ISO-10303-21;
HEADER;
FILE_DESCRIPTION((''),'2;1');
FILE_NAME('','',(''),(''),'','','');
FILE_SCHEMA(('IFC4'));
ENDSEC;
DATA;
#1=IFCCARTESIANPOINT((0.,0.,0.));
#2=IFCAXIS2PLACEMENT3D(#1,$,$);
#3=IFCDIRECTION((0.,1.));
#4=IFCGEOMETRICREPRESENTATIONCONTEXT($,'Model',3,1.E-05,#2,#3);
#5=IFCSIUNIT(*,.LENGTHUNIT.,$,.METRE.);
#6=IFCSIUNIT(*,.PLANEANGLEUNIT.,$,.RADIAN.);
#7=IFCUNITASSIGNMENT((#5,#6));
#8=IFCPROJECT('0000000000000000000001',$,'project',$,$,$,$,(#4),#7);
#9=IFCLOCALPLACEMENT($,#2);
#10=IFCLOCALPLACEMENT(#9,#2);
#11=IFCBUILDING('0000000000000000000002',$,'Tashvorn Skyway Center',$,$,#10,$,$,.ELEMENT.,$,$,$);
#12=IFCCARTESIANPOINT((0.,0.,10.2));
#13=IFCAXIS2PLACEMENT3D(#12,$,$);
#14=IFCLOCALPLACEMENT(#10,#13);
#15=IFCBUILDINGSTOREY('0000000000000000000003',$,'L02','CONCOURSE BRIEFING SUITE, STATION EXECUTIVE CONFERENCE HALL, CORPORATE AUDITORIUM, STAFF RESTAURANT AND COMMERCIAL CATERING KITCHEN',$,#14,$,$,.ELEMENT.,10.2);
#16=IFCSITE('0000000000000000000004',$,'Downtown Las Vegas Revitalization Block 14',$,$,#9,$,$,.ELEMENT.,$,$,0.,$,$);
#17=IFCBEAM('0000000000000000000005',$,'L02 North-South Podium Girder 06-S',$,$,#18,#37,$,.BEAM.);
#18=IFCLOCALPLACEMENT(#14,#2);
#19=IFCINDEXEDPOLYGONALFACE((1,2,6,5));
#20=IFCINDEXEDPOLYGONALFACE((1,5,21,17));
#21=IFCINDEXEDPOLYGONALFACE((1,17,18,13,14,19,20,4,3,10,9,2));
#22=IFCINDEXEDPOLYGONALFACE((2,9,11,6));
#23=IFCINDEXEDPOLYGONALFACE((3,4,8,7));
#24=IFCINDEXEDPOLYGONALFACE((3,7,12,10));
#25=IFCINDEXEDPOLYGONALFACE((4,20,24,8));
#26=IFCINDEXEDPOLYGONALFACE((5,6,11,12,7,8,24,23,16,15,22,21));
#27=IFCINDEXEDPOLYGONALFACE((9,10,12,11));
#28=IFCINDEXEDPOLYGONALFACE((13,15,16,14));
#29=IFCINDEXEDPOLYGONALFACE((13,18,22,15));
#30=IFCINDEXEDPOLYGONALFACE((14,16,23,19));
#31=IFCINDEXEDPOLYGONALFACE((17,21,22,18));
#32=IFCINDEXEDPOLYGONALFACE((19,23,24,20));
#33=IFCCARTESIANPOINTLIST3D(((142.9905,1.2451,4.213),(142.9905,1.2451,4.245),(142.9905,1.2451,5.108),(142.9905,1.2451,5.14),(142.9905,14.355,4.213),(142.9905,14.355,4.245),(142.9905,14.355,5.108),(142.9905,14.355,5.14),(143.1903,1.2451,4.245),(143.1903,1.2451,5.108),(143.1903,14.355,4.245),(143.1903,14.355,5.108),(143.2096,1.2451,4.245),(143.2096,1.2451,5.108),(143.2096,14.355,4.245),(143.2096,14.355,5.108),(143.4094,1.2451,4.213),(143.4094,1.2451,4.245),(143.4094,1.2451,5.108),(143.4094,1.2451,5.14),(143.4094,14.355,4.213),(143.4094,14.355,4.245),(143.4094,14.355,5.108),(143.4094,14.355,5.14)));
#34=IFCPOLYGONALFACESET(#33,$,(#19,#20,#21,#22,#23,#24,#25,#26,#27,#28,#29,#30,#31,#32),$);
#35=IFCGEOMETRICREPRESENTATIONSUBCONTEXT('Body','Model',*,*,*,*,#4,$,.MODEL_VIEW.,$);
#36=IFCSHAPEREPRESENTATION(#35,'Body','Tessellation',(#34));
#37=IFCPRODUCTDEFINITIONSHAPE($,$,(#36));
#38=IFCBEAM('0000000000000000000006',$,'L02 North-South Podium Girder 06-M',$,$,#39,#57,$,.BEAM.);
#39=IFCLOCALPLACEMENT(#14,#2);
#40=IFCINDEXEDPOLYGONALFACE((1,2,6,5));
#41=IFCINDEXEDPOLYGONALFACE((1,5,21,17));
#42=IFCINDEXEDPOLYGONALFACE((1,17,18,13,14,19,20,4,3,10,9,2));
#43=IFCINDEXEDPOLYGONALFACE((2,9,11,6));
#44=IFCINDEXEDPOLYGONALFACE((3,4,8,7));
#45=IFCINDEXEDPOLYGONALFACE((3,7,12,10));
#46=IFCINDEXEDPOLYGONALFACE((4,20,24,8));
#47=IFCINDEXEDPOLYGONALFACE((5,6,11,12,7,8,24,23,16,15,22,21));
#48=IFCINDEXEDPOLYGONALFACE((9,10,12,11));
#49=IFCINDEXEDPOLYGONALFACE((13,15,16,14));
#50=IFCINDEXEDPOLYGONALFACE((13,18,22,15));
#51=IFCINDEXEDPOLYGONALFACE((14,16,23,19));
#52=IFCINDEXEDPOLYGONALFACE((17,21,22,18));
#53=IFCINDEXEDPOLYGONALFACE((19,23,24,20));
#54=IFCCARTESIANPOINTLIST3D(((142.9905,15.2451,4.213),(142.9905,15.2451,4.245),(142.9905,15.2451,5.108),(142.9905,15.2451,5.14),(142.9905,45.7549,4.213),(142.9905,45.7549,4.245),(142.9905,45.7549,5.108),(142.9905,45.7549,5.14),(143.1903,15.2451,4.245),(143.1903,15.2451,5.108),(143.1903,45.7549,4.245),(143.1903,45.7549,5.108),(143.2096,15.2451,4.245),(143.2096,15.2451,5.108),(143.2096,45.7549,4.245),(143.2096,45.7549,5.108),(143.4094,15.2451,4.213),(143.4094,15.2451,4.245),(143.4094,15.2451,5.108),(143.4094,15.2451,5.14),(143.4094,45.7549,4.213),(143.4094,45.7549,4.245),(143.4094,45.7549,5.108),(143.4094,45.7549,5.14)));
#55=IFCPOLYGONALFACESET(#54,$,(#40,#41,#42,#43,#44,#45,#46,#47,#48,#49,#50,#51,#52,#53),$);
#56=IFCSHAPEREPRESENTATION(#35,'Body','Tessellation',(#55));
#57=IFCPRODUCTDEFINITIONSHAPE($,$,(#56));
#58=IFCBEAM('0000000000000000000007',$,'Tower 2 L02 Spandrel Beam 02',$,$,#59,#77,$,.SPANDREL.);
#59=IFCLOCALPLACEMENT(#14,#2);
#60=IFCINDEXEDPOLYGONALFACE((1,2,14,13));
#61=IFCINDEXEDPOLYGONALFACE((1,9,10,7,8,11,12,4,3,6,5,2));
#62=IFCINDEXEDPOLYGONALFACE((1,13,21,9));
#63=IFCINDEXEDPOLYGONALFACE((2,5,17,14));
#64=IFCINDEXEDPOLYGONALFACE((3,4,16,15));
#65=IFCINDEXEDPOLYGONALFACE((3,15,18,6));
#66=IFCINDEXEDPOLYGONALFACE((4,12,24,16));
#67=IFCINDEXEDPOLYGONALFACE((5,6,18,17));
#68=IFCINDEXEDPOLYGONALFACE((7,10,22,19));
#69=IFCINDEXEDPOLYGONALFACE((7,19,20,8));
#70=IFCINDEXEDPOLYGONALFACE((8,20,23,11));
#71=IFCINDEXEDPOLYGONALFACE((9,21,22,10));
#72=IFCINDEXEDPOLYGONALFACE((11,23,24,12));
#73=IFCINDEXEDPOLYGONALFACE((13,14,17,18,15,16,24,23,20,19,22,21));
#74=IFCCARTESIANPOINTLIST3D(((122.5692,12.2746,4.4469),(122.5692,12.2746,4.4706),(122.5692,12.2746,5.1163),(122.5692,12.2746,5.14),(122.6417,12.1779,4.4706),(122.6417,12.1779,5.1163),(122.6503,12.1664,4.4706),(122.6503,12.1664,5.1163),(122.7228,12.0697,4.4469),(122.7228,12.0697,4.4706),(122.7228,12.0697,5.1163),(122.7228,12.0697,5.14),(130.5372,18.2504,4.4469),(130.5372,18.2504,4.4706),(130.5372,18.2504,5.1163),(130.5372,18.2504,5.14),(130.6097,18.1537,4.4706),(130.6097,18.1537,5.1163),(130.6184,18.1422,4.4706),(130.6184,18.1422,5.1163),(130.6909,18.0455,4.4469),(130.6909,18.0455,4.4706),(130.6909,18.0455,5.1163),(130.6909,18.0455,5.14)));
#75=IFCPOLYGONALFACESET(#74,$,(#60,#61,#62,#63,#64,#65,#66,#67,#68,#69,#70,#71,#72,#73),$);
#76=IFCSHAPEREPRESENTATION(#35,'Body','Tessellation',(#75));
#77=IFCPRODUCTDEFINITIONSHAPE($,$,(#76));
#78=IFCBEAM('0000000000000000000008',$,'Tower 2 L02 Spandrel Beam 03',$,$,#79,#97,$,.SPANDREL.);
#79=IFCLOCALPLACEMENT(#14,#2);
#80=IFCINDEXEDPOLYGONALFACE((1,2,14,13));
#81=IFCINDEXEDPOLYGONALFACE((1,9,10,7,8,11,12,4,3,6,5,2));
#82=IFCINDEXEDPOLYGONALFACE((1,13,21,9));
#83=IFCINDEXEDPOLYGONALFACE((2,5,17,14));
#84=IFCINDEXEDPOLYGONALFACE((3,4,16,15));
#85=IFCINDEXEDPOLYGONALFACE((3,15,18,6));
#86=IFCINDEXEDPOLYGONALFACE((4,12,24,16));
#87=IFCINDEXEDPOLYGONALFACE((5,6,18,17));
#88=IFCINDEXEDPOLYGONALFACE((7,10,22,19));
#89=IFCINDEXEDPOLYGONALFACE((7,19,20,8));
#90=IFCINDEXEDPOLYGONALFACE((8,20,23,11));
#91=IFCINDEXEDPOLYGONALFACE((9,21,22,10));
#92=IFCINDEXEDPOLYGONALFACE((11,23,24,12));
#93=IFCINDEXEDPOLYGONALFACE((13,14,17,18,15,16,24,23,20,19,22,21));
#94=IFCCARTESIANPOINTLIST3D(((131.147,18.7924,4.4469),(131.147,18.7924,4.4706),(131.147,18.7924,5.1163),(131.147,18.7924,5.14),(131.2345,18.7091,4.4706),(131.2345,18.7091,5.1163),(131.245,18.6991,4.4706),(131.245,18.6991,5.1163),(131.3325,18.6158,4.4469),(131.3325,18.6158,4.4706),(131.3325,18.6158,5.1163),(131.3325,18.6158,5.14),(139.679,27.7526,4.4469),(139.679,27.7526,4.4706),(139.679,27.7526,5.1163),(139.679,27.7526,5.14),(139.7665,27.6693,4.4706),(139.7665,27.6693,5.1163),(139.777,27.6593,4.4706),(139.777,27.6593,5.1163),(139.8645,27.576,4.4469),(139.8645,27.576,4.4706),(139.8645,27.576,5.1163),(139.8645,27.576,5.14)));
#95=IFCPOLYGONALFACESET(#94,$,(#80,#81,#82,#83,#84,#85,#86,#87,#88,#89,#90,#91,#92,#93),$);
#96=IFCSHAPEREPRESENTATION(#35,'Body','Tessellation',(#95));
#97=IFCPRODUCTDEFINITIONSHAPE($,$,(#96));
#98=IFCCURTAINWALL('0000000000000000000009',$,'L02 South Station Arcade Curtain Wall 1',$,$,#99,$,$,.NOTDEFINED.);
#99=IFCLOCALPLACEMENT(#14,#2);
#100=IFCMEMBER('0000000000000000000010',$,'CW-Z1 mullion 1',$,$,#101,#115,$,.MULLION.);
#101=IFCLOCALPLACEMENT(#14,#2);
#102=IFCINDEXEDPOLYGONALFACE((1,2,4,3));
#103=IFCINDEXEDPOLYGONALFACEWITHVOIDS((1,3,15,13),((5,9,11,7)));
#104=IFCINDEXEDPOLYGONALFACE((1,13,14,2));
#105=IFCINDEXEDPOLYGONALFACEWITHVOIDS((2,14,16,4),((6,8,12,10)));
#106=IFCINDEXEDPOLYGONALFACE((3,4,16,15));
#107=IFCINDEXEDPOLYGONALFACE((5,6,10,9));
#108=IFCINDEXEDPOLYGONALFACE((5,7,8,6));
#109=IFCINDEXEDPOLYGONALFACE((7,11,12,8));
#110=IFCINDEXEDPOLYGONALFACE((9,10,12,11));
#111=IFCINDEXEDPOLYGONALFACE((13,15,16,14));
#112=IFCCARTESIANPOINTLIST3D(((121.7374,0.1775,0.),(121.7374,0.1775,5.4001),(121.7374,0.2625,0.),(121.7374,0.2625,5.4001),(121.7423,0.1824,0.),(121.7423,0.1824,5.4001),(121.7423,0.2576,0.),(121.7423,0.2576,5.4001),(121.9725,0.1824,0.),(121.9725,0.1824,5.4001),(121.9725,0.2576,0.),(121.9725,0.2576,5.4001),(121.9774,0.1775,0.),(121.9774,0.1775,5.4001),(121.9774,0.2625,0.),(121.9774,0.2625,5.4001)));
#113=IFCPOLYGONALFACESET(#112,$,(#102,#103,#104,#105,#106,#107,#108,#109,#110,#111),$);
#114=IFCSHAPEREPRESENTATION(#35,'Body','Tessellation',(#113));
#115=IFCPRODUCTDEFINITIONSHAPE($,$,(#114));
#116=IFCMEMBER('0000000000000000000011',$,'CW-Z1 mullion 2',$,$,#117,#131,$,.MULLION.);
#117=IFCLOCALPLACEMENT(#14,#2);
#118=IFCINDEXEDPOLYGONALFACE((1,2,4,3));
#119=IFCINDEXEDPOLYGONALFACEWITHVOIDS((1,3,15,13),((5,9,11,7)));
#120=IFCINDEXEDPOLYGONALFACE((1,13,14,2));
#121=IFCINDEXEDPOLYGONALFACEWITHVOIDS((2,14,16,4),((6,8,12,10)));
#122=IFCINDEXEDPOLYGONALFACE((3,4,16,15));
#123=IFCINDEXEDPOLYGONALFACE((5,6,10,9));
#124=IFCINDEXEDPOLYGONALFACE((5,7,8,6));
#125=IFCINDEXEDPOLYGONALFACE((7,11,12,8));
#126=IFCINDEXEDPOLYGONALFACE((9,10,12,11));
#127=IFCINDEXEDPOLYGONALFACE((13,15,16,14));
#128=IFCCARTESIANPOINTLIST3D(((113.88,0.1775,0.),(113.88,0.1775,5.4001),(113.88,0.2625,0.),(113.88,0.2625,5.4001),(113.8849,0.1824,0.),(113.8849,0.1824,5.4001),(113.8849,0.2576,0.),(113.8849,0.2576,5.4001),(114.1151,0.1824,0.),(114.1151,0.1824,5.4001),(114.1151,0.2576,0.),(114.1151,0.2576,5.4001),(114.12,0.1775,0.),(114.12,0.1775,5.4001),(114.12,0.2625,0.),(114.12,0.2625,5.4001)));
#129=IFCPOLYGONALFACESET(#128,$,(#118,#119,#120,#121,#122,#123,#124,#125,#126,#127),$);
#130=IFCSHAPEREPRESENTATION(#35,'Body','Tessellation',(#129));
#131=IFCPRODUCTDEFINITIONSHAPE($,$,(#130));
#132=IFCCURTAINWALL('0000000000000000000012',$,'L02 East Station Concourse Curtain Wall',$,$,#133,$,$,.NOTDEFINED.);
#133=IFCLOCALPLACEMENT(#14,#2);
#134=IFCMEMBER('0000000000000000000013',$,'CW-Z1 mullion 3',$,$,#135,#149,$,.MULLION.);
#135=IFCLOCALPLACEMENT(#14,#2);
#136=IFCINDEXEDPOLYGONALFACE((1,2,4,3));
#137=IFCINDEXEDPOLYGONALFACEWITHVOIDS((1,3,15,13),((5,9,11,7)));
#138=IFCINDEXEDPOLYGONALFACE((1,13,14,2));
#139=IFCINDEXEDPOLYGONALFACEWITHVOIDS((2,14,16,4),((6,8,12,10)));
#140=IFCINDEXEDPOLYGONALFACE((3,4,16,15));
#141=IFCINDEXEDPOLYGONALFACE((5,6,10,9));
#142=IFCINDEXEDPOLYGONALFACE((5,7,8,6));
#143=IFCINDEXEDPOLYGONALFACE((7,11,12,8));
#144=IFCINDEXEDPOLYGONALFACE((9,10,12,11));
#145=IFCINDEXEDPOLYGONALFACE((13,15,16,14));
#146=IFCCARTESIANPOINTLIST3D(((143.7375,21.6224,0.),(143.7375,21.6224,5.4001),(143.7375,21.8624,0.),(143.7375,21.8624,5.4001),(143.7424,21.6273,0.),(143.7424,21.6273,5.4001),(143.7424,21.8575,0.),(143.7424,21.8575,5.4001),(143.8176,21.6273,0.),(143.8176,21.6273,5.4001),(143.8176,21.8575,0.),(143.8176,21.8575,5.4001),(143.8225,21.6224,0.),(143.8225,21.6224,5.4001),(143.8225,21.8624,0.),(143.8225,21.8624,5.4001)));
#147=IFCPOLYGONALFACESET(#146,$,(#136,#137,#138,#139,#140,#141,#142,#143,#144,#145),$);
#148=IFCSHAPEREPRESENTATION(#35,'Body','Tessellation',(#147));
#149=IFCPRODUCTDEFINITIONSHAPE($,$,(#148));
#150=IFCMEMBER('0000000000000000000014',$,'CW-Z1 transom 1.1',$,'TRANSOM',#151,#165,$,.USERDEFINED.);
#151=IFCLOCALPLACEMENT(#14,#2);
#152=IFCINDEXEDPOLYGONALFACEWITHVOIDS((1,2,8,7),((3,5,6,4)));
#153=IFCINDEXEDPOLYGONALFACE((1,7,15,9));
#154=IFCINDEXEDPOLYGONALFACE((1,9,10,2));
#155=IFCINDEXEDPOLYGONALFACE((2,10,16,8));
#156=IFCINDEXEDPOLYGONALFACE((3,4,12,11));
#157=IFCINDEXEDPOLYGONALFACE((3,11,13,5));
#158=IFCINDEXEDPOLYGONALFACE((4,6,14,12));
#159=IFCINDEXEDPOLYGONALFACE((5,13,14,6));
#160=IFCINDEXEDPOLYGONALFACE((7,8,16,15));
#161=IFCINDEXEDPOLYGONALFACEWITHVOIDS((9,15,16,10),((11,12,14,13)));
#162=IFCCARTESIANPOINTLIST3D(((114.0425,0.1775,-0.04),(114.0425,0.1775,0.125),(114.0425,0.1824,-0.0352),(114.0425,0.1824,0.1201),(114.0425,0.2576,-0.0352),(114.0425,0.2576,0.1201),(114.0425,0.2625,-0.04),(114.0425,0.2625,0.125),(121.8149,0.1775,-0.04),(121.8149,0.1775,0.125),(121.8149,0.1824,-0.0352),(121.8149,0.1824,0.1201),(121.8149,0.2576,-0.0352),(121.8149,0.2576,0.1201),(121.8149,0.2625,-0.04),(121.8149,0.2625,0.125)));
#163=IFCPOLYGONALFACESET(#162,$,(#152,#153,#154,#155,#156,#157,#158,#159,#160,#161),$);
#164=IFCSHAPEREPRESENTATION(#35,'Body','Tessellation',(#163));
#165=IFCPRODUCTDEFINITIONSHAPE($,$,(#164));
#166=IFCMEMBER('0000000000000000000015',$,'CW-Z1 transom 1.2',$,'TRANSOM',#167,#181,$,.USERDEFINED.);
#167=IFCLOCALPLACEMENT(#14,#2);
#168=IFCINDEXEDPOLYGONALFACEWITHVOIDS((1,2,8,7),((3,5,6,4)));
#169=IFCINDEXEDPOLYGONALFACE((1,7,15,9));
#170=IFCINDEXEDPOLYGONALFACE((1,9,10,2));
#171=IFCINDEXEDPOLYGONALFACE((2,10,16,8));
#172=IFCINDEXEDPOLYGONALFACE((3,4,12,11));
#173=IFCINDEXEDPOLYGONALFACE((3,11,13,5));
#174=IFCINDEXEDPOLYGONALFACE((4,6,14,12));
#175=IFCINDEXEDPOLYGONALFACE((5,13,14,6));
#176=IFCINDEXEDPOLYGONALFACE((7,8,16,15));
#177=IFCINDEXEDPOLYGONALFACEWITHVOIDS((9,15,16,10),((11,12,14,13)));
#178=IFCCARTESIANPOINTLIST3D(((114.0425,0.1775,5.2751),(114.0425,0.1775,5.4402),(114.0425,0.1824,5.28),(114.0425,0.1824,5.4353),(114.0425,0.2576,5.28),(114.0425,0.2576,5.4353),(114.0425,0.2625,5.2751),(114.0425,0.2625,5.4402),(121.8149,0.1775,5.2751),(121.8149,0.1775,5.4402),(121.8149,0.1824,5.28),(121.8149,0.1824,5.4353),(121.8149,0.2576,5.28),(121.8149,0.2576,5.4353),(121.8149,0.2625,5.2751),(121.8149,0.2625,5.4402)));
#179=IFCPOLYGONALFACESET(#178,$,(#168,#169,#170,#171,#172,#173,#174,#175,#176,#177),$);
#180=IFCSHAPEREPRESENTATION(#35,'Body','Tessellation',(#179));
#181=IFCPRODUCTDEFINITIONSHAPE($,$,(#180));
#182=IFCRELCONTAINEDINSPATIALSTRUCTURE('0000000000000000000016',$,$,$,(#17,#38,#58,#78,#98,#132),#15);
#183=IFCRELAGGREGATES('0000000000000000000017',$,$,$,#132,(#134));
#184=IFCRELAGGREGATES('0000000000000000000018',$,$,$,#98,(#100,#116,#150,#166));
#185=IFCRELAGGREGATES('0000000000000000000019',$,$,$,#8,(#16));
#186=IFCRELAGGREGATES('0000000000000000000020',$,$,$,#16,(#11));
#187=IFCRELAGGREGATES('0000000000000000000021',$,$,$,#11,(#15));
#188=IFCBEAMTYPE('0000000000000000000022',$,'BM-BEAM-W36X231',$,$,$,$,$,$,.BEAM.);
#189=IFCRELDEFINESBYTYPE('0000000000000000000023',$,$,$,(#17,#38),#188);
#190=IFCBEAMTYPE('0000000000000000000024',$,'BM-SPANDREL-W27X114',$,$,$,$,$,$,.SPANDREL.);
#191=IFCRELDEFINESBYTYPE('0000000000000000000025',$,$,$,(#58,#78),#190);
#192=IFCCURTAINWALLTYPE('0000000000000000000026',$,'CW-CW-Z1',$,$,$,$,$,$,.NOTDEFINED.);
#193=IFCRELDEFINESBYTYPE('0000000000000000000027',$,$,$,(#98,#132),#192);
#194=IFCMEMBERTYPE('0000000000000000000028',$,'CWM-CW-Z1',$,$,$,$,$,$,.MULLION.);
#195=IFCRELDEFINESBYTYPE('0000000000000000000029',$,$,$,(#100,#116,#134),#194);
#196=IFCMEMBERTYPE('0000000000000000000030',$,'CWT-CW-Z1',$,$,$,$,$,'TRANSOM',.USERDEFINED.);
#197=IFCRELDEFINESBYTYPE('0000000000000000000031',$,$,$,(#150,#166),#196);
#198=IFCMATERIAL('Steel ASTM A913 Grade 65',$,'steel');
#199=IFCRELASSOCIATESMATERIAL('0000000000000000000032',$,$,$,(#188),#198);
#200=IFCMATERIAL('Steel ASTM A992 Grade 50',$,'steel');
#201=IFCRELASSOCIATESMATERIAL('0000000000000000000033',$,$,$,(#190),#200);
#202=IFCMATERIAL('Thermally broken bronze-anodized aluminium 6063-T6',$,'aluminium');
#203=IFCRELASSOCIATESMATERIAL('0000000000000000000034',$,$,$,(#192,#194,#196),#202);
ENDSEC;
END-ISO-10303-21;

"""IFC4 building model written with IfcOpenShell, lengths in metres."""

from ifc_helpers import new_model, si_unit, direction, frame, origin, origin_2d, place, context, subcontext, project, spatial, hollow_rectangle, i_section, extrude, material, material_profile, profile_set, type_object, element, aggregate, save


model = new_model("IFC4")

# Units and contexts
model_context = context("Model", 3, precision=1e-05, world=origin(), true_north=direction((0.0, 1.0)))
body_context = subcontext(model_context, "Body", "Model", "MODEL_VIEW")
ifc_project = project(units=[si_unit("LENGTHUNIT", "METRE"), si_unit("PLANEANGLEUNIT", "RADIAN")], contexts=[model_context])

# Site, building, storey
site_placement = place(None, origin())
site = spatial("IfcSite", under=ifc_project, at=site_placement, Name="Downtown Las Vegas Revitalization Block 14", CompositionType="ELEMENT", RefElevation=0.0)
building_placement = place(site_placement, origin())
building = spatial("IfcBuilding", under=site, at=building_placement, Name="Tashvorn Skyway Center", CompositionType="ELEMENT")
storey_placement = place(building_placement, frame((0.0, 0.0, 10.2)))
storey = spatial("IfcBuildingStorey", under=building, at=storey_placement, Name="L02", Description="CONCOURSE BRIEFING SUITE, STATION EXECUTIVE CONFERENCE HALL, CORPORATE AUDITORIUM, STAFF RESTAURANT AND COMMERCIAL CATERING KITCHEN", CompositionType="ELEMENT", Elevation=10.2)

# Beams
ifc_material_1 = material(Name="Steel ASTM A913 Grade 65", Category="steel")
ifc_material_profile_1 = material_profile(ifc_material_1, i_section(OverallWidth=0.4189, OverallDepth=0.927, WebThickness=0.0193, FlangeThickness=0.032, at=origin_2d()), Name="W36X231")
ifc_profile_set_1 = profile_set([ifc_material_profile_1], Name="Steel ASTM A913 Grade 65")
beam_type_1 = type_object("IfcBeamType", Name="BM-BEAM-W36X231", PredefinedType="BEAM", material=ifc_profile_set_1)
beam_1_placement = place(storey_placement, frame((143.2, 1.2451, 4.6765), z_axis=(0.0, 1.0, 0.0), x_axis=(-1.0, 0.0, 0.0)))
element("IfcBeam", 1, at=beam_1_placement, inside=storey, type_object=beam_type_1, Name="L02 North-South Podium Girder 06-S", PredefinedType="BEAM", context=body_context, shape_type="SweptSolid", body=[
    extrude(i_section(OverallWidth=0.4189, OverallDepth=0.927, WebThickness=0.0193, FlangeThickness=0.032, at=origin_2d()), origin(), (0.0, 0.0, 1.0), 13.1099),
])
beam_2_placement = place(storey_placement, frame((143.2, 15.2451, 4.6765), z_axis=(0.0, 1.0, 0.0), x_axis=(-1.0, 0.0, 0.0)))
element("IfcBeam", 2, at=beam_2_placement, inside=storey, type_object=beam_type_1, Name="L02 North-South Podium Girder 06-M", PredefinedType="BEAM", context=body_context, shape_type="SweptSolid", body=[
    extrude(i_section(OverallWidth=0.4189, OverallDepth=0.927, WebThickness=0.0193, FlangeThickness=0.032, at=origin_2d()), origin(), (0.0, 0.0, 1.0), 30.5098),
])
ifc_material_2 = material(Name="Steel ASTM A992 Grade 50", Category="steel")
ifc_material_profile_2 = material_profile(ifc_material_2, i_section(OverallWidth=0.2561, OverallDepth=0.6931, WebThickness=0.0144, FlangeThickness=0.0237, at=origin_2d()), Name="W27X114")
ifc_profile_set_2 = profile_set([ifc_material_profile_2], Name="Steel ASTM A992 Grade 50")
beam_type_2 = type_object("IfcBeamType", Name="BM-SPANDREL-W27X114", PredefinedType="SPANDREL", material=ifc_profile_set_2)
beam_3_placement = place(storey_placement, frame((122.646, 12.1721, 4.7935), z_axis=(0.800009, 0.599988, 0.0), x_axis=(-0.599988, 0.800009, 0.0)))
element("IfcBeam", 3, at=beam_3_placement, inside=storey, type_object=beam_type_2, Name="Tower 2 L02 Spandrel Beam 02", PredefinedType="SPANDREL", context=body_context, shape_type="SweptSolid", body=[
    extrude(i_section(OverallWidth=0.2561, OverallDepth=0.6931, WebThickness=0.0144, FlangeThickness=0.0237, at=origin_2d()), origin(), (0.0, 0.0, 1.0), 9.96),
])
beam_4_placement = place(storey_placement, frame((131.2397, 18.7041, 4.7935), z_axis=(0.68959, 0.7242, 0.0), x_axis=(-0.7242, 0.68959, 0.0)))
element("IfcBeam", 4, at=beam_4_placement, inside=storey, type_object=beam_type_2, Name="Tower 2 L02 Spandrel Beam 03", PredefinedType="SPANDREL", context=body_context, shape_type="SweptSolid", body=[
    extrude(i_section(OverallWidth=0.2561, OverallDepth=0.6931, WebThickness=0.0144, FlangeThickness=0.0237, at=origin_2d()), origin(), (0.0, 0.0, 1.0), 12.3726),
])

# Curtain wall, members
ifc_material_3 = material(Name="Thermally broken bronze-anodized aluminium 6063-T6", Category="aluminium")
curtain_wall_type = type_object("IfcCurtainWallType", Name="CW-CW-Z1", PredefinedType="NOTDEFINED", material=ifc_material_3)
curtain_wall_1_placement = place(storey_placement, origin())
curtain_wall_1 = element("IfcCurtainWall", 5, at=curtain_wall_1_placement, inside=storey, type_object=curtain_wall_type, Name="L02 South Station Arcade Curtain Wall 1", PredefinedType="NOTDEFINED")
ifc_material_profile_3 = material_profile(ifc_material_3, hollow_rectangle(XDim=0.085, YDim=0.24, WallThickness=0.0049, at=origin_2d()), Name="ALU-MULL-85x240")
ifc_profile_set_3 = profile_set([ifc_material_profile_3], Name="Thermally broken bronze-anodized aluminium 6063-T6")
member_type_1 = type_object("IfcMemberType", Name="CWM-CW-Z1", PredefinedType="MULLION", material=ifc_profile_set_3)
member_1_placement = place(storey_placement, frame((121.8574, 0.22, 0.0), z_axis=(0.0, 0.0, 1.0), x_axis=(0.0, -1.0, 0.0)))
member_1 = element("IfcMember", 6, at=member_1_placement, type_object=member_type_1, Name="CW-Z1 mullion 1", PredefinedType="MULLION", context=body_context, shape_type="SweptSolid", body=[
    extrude(hollow_rectangle(XDim=0.085, YDim=0.24, WallThickness=0.0049, at=origin_2d()), origin(), (0.0, 0.0, 1.0), 5.4001),
])
member_2_placement = place(storey_placement, frame((114.0, 0.22, 0.0), z_axis=(0.0, 0.0, 1.0), x_axis=(0.0, -1.0, 0.0)))
member_2 = element("IfcMember", 7, at=member_2_placement, type_object=member_type_1, Name="CW-Z1 mullion 2", PredefinedType="MULLION", context=body_context, shape_type="SweptSolid", body=[
    extrude(hollow_rectangle(XDim=0.085, YDim=0.24, WallThickness=0.0049, at=origin_2d()), origin(), (0.0, 0.0, 1.0), 5.4001),
])

# Curtain wall, member
curtain_wall_2_placement = place(storey_placement, origin())
curtain_wall_2 = element("IfcCurtainWall", 8, at=curtain_wall_2_placement, inside=storey, type_object=curtain_wall_type, Name="L02 East Station Concourse Curtain Wall", PredefinedType="NOTDEFINED")
member_3_placement = place(storey_placement, frame((143.78, 21.7424, 0.0), z_axis=(0.0, 0.0, 1.0), x_axis=(1.0, 0.0, 0.0)))
member_3 = element("IfcMember", 9, at=member_3_placement, type_object=member_type_1, Name="CW-Z1 mullion 3", PredefinedType="MULLION", context=body_context, shape_type="SweptSolid", body=[
    extrude(hollow_rectangle(XDim=0.085, YDim=0.24, WallThickness=0.0049, at=origin_2d()), origin(), (0.0, 0.0, 1.0), 5.4001),
])
aggregate(curtain_wall_2, [member_3])

# Members
ifc_material_profile_4 = material_profile(ifc_material_3, hollow_rectangle(XDim=0.085, YDim=0.165, WallThickness=0.0049, at=origin_2d()), Name="ALU-TRAN-85x165")
ifc_profile_set_4 = profile_set([ifc_material_profile_4], Name="Thermally broken bronze-anodized aluminium 6063-T6")
member_type_2 = type_object("IfcMemberType", Name="CWT-CW-Z1", ElementType="TRANSOM", PredefinedType="USERDEFINED", material=ifc_profile_set_4)
member_4_placement = place(storey_placement, frame((121.8149, 0.22, 0.0425), z_axis=(-1.0, 0.0, 0.0), x_axis=(0.0, -1.0, 0.0)))
member_4 = element("IfcMember", 10, at=member_4_placement, type_object=member_type_2, Name="CW-Z1 transom 1.1", ObjectType="TRANSOM", PredefinedType="USERDEFINED", context=body_context, shape_type="SweptSolid", body=[
    extrude(hollow_rectangle(XDim=0.085, YDim=0.165, WallThickness=0.0049, at=origin_2d()), origin(), (0.0, 0.0, 1.0), 7.7725),
])
member_5_placement = place(storey_placement, frame((121.8149, 0.22, 5.3577), z_axis=(-1.0, 0.0, 0.0), x_axis=(0.0, -1.0, 0.0)))
member_5 = element("IfcMember", 11, at=member_5_placement, type_object=member_type_2, Name="CW-Z1 transom 1.2", ObjectType="TRANSOM", PredefinedType="USERDEFINED", context=body_context, shape_type="SweptSolid", body=[
    extrude(hollow_rectangle(XDim=0.085, YDim=0.165, WallThickness=0.0049, at=origin_2d()), origin(), (0.0, 0.0, 1.0), 7.7725),
])

aggregate(curtain_wall_1, [member_1, member_2, member_4, member_5])

save(model, "model.ifc")
